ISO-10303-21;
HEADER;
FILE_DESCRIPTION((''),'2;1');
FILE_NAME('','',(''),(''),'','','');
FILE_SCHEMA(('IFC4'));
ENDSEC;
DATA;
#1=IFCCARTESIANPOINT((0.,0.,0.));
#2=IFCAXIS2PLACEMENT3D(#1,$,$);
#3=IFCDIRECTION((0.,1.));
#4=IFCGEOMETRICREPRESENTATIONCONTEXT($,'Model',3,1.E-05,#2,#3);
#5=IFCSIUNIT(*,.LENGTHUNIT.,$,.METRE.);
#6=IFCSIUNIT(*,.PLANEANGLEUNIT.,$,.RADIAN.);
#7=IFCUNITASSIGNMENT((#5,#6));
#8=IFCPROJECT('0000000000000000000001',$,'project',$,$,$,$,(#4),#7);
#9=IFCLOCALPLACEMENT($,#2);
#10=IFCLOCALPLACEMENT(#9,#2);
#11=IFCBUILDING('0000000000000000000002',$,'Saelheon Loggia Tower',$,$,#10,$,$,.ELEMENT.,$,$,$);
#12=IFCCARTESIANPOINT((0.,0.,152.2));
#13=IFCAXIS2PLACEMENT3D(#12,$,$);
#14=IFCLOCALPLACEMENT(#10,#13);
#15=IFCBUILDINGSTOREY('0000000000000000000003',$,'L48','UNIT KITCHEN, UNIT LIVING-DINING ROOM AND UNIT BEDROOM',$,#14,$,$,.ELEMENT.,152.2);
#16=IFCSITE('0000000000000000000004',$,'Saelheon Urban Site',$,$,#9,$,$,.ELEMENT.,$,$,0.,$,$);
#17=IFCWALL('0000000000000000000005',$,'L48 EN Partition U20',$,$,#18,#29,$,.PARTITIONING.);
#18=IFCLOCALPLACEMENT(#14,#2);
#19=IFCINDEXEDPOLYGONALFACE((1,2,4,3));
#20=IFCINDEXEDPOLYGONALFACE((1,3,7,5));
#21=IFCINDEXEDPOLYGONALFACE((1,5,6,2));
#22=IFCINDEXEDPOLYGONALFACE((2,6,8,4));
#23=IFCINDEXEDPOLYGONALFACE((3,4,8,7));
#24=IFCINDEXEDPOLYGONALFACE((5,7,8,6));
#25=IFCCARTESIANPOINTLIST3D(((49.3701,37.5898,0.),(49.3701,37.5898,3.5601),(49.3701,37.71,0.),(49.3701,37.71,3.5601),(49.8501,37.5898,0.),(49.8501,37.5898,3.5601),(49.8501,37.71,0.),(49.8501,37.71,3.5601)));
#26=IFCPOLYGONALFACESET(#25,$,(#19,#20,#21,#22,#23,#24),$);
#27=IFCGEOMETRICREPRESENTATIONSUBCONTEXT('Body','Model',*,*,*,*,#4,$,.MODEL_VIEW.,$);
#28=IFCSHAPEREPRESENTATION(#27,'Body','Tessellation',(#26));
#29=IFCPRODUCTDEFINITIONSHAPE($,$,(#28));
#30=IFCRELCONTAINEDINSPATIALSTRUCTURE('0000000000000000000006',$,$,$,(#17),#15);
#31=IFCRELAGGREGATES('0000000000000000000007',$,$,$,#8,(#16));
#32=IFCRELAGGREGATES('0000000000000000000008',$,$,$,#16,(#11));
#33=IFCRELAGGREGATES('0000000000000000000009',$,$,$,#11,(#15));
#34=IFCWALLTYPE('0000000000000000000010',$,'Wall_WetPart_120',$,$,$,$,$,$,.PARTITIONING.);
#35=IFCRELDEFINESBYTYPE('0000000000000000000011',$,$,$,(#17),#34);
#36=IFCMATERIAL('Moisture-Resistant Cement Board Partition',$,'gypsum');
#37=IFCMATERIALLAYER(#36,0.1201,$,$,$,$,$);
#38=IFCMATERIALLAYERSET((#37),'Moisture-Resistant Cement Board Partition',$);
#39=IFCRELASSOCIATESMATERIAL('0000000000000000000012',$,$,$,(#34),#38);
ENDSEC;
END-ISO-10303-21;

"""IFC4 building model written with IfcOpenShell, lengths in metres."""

from ifc_helpers import new_model, si_unit, direction, frame, frame_2d, origin, place, context, subcontext, project, spatial, rectangle, extrude, material, layer, layer_set, type_object, element, save


model = new_model("IFC4")

# Units and contexts
model_context = context("Model", 3, precision=1e-05, world=origin(), true_north=direction((0.0, 1.0)))
body_context = subcontext(model_context, "Body", "Model", "MODEL_VIEW")
ifc_project = project(units=[si_unit("LENGTHUNIT", "METRE"), si_unit("PLANEANGLEUNIT", "RADIAN")], contexts=[model_context])

# Site, building, storey
site_placement = place(None, origin())
site = spatial("IfcSite", under=ifc_project, at=site_placement, Name="Saelheon Urban Site", CompositionType="ELEMENT", RefElevation=0.0)
building_placement = place(site_placement, origin())
building = spatial("IfcBuilding", under=site, at=building_placement, Name="Saelheon Loggia Tower", CompositionType="ELEMENT")
storey_placement = place(building_placement, frame((0.0, 0.0, 152.2)))
storey = spatial("IfcBuildingStorey", under=building, at=storey_placement, Name="L48", Description="UNIT KITCHEN, UNIT LIVING-DINING ROOM AND UNIT BEDROOM", CompositionType="ELEMENT", Elevation=152.2)

# Shared definitions
ifc_material_1 = material(Name="Moisture-Resistant Cement Board Partition", Category="gypsum")
ifc_layer_1 = layer(ifc_material_1, 0.1201)
ifc_layer_set_1 = layer_set([ifc_layer_1], Name="Moisture-Resistant Cement Board Partition")
wall_type_1 = type_object("IfcWallType", Name="Wall_WetPart_120", PredefinedType="PARTITIONING", material=ifc_layer_set_1)

# Wall
wall_1_placement = place(storey_placement, frame((49.3701, 37.6499, 0.0), z_axis=(0.0, 0.0, 1.0), x_axis=(1.0, 0.0, 0.0)))
element("IfcWall", 1, at=wall_1_placement, inside=storey, type_object=wall_type_1, Name="L48 EN Partition U20", PredefinedType="PARTITIONING", context=body_context, shape_type="SweptSolid", body=[
    extrude(rectangle(XDim=0.48, YDim=0.1201, at=frame_2d((0.24, 0.0))), origin(), (0.0, 0.0, 1.0), 3.5601),
])

save(model, "model.ifc")
